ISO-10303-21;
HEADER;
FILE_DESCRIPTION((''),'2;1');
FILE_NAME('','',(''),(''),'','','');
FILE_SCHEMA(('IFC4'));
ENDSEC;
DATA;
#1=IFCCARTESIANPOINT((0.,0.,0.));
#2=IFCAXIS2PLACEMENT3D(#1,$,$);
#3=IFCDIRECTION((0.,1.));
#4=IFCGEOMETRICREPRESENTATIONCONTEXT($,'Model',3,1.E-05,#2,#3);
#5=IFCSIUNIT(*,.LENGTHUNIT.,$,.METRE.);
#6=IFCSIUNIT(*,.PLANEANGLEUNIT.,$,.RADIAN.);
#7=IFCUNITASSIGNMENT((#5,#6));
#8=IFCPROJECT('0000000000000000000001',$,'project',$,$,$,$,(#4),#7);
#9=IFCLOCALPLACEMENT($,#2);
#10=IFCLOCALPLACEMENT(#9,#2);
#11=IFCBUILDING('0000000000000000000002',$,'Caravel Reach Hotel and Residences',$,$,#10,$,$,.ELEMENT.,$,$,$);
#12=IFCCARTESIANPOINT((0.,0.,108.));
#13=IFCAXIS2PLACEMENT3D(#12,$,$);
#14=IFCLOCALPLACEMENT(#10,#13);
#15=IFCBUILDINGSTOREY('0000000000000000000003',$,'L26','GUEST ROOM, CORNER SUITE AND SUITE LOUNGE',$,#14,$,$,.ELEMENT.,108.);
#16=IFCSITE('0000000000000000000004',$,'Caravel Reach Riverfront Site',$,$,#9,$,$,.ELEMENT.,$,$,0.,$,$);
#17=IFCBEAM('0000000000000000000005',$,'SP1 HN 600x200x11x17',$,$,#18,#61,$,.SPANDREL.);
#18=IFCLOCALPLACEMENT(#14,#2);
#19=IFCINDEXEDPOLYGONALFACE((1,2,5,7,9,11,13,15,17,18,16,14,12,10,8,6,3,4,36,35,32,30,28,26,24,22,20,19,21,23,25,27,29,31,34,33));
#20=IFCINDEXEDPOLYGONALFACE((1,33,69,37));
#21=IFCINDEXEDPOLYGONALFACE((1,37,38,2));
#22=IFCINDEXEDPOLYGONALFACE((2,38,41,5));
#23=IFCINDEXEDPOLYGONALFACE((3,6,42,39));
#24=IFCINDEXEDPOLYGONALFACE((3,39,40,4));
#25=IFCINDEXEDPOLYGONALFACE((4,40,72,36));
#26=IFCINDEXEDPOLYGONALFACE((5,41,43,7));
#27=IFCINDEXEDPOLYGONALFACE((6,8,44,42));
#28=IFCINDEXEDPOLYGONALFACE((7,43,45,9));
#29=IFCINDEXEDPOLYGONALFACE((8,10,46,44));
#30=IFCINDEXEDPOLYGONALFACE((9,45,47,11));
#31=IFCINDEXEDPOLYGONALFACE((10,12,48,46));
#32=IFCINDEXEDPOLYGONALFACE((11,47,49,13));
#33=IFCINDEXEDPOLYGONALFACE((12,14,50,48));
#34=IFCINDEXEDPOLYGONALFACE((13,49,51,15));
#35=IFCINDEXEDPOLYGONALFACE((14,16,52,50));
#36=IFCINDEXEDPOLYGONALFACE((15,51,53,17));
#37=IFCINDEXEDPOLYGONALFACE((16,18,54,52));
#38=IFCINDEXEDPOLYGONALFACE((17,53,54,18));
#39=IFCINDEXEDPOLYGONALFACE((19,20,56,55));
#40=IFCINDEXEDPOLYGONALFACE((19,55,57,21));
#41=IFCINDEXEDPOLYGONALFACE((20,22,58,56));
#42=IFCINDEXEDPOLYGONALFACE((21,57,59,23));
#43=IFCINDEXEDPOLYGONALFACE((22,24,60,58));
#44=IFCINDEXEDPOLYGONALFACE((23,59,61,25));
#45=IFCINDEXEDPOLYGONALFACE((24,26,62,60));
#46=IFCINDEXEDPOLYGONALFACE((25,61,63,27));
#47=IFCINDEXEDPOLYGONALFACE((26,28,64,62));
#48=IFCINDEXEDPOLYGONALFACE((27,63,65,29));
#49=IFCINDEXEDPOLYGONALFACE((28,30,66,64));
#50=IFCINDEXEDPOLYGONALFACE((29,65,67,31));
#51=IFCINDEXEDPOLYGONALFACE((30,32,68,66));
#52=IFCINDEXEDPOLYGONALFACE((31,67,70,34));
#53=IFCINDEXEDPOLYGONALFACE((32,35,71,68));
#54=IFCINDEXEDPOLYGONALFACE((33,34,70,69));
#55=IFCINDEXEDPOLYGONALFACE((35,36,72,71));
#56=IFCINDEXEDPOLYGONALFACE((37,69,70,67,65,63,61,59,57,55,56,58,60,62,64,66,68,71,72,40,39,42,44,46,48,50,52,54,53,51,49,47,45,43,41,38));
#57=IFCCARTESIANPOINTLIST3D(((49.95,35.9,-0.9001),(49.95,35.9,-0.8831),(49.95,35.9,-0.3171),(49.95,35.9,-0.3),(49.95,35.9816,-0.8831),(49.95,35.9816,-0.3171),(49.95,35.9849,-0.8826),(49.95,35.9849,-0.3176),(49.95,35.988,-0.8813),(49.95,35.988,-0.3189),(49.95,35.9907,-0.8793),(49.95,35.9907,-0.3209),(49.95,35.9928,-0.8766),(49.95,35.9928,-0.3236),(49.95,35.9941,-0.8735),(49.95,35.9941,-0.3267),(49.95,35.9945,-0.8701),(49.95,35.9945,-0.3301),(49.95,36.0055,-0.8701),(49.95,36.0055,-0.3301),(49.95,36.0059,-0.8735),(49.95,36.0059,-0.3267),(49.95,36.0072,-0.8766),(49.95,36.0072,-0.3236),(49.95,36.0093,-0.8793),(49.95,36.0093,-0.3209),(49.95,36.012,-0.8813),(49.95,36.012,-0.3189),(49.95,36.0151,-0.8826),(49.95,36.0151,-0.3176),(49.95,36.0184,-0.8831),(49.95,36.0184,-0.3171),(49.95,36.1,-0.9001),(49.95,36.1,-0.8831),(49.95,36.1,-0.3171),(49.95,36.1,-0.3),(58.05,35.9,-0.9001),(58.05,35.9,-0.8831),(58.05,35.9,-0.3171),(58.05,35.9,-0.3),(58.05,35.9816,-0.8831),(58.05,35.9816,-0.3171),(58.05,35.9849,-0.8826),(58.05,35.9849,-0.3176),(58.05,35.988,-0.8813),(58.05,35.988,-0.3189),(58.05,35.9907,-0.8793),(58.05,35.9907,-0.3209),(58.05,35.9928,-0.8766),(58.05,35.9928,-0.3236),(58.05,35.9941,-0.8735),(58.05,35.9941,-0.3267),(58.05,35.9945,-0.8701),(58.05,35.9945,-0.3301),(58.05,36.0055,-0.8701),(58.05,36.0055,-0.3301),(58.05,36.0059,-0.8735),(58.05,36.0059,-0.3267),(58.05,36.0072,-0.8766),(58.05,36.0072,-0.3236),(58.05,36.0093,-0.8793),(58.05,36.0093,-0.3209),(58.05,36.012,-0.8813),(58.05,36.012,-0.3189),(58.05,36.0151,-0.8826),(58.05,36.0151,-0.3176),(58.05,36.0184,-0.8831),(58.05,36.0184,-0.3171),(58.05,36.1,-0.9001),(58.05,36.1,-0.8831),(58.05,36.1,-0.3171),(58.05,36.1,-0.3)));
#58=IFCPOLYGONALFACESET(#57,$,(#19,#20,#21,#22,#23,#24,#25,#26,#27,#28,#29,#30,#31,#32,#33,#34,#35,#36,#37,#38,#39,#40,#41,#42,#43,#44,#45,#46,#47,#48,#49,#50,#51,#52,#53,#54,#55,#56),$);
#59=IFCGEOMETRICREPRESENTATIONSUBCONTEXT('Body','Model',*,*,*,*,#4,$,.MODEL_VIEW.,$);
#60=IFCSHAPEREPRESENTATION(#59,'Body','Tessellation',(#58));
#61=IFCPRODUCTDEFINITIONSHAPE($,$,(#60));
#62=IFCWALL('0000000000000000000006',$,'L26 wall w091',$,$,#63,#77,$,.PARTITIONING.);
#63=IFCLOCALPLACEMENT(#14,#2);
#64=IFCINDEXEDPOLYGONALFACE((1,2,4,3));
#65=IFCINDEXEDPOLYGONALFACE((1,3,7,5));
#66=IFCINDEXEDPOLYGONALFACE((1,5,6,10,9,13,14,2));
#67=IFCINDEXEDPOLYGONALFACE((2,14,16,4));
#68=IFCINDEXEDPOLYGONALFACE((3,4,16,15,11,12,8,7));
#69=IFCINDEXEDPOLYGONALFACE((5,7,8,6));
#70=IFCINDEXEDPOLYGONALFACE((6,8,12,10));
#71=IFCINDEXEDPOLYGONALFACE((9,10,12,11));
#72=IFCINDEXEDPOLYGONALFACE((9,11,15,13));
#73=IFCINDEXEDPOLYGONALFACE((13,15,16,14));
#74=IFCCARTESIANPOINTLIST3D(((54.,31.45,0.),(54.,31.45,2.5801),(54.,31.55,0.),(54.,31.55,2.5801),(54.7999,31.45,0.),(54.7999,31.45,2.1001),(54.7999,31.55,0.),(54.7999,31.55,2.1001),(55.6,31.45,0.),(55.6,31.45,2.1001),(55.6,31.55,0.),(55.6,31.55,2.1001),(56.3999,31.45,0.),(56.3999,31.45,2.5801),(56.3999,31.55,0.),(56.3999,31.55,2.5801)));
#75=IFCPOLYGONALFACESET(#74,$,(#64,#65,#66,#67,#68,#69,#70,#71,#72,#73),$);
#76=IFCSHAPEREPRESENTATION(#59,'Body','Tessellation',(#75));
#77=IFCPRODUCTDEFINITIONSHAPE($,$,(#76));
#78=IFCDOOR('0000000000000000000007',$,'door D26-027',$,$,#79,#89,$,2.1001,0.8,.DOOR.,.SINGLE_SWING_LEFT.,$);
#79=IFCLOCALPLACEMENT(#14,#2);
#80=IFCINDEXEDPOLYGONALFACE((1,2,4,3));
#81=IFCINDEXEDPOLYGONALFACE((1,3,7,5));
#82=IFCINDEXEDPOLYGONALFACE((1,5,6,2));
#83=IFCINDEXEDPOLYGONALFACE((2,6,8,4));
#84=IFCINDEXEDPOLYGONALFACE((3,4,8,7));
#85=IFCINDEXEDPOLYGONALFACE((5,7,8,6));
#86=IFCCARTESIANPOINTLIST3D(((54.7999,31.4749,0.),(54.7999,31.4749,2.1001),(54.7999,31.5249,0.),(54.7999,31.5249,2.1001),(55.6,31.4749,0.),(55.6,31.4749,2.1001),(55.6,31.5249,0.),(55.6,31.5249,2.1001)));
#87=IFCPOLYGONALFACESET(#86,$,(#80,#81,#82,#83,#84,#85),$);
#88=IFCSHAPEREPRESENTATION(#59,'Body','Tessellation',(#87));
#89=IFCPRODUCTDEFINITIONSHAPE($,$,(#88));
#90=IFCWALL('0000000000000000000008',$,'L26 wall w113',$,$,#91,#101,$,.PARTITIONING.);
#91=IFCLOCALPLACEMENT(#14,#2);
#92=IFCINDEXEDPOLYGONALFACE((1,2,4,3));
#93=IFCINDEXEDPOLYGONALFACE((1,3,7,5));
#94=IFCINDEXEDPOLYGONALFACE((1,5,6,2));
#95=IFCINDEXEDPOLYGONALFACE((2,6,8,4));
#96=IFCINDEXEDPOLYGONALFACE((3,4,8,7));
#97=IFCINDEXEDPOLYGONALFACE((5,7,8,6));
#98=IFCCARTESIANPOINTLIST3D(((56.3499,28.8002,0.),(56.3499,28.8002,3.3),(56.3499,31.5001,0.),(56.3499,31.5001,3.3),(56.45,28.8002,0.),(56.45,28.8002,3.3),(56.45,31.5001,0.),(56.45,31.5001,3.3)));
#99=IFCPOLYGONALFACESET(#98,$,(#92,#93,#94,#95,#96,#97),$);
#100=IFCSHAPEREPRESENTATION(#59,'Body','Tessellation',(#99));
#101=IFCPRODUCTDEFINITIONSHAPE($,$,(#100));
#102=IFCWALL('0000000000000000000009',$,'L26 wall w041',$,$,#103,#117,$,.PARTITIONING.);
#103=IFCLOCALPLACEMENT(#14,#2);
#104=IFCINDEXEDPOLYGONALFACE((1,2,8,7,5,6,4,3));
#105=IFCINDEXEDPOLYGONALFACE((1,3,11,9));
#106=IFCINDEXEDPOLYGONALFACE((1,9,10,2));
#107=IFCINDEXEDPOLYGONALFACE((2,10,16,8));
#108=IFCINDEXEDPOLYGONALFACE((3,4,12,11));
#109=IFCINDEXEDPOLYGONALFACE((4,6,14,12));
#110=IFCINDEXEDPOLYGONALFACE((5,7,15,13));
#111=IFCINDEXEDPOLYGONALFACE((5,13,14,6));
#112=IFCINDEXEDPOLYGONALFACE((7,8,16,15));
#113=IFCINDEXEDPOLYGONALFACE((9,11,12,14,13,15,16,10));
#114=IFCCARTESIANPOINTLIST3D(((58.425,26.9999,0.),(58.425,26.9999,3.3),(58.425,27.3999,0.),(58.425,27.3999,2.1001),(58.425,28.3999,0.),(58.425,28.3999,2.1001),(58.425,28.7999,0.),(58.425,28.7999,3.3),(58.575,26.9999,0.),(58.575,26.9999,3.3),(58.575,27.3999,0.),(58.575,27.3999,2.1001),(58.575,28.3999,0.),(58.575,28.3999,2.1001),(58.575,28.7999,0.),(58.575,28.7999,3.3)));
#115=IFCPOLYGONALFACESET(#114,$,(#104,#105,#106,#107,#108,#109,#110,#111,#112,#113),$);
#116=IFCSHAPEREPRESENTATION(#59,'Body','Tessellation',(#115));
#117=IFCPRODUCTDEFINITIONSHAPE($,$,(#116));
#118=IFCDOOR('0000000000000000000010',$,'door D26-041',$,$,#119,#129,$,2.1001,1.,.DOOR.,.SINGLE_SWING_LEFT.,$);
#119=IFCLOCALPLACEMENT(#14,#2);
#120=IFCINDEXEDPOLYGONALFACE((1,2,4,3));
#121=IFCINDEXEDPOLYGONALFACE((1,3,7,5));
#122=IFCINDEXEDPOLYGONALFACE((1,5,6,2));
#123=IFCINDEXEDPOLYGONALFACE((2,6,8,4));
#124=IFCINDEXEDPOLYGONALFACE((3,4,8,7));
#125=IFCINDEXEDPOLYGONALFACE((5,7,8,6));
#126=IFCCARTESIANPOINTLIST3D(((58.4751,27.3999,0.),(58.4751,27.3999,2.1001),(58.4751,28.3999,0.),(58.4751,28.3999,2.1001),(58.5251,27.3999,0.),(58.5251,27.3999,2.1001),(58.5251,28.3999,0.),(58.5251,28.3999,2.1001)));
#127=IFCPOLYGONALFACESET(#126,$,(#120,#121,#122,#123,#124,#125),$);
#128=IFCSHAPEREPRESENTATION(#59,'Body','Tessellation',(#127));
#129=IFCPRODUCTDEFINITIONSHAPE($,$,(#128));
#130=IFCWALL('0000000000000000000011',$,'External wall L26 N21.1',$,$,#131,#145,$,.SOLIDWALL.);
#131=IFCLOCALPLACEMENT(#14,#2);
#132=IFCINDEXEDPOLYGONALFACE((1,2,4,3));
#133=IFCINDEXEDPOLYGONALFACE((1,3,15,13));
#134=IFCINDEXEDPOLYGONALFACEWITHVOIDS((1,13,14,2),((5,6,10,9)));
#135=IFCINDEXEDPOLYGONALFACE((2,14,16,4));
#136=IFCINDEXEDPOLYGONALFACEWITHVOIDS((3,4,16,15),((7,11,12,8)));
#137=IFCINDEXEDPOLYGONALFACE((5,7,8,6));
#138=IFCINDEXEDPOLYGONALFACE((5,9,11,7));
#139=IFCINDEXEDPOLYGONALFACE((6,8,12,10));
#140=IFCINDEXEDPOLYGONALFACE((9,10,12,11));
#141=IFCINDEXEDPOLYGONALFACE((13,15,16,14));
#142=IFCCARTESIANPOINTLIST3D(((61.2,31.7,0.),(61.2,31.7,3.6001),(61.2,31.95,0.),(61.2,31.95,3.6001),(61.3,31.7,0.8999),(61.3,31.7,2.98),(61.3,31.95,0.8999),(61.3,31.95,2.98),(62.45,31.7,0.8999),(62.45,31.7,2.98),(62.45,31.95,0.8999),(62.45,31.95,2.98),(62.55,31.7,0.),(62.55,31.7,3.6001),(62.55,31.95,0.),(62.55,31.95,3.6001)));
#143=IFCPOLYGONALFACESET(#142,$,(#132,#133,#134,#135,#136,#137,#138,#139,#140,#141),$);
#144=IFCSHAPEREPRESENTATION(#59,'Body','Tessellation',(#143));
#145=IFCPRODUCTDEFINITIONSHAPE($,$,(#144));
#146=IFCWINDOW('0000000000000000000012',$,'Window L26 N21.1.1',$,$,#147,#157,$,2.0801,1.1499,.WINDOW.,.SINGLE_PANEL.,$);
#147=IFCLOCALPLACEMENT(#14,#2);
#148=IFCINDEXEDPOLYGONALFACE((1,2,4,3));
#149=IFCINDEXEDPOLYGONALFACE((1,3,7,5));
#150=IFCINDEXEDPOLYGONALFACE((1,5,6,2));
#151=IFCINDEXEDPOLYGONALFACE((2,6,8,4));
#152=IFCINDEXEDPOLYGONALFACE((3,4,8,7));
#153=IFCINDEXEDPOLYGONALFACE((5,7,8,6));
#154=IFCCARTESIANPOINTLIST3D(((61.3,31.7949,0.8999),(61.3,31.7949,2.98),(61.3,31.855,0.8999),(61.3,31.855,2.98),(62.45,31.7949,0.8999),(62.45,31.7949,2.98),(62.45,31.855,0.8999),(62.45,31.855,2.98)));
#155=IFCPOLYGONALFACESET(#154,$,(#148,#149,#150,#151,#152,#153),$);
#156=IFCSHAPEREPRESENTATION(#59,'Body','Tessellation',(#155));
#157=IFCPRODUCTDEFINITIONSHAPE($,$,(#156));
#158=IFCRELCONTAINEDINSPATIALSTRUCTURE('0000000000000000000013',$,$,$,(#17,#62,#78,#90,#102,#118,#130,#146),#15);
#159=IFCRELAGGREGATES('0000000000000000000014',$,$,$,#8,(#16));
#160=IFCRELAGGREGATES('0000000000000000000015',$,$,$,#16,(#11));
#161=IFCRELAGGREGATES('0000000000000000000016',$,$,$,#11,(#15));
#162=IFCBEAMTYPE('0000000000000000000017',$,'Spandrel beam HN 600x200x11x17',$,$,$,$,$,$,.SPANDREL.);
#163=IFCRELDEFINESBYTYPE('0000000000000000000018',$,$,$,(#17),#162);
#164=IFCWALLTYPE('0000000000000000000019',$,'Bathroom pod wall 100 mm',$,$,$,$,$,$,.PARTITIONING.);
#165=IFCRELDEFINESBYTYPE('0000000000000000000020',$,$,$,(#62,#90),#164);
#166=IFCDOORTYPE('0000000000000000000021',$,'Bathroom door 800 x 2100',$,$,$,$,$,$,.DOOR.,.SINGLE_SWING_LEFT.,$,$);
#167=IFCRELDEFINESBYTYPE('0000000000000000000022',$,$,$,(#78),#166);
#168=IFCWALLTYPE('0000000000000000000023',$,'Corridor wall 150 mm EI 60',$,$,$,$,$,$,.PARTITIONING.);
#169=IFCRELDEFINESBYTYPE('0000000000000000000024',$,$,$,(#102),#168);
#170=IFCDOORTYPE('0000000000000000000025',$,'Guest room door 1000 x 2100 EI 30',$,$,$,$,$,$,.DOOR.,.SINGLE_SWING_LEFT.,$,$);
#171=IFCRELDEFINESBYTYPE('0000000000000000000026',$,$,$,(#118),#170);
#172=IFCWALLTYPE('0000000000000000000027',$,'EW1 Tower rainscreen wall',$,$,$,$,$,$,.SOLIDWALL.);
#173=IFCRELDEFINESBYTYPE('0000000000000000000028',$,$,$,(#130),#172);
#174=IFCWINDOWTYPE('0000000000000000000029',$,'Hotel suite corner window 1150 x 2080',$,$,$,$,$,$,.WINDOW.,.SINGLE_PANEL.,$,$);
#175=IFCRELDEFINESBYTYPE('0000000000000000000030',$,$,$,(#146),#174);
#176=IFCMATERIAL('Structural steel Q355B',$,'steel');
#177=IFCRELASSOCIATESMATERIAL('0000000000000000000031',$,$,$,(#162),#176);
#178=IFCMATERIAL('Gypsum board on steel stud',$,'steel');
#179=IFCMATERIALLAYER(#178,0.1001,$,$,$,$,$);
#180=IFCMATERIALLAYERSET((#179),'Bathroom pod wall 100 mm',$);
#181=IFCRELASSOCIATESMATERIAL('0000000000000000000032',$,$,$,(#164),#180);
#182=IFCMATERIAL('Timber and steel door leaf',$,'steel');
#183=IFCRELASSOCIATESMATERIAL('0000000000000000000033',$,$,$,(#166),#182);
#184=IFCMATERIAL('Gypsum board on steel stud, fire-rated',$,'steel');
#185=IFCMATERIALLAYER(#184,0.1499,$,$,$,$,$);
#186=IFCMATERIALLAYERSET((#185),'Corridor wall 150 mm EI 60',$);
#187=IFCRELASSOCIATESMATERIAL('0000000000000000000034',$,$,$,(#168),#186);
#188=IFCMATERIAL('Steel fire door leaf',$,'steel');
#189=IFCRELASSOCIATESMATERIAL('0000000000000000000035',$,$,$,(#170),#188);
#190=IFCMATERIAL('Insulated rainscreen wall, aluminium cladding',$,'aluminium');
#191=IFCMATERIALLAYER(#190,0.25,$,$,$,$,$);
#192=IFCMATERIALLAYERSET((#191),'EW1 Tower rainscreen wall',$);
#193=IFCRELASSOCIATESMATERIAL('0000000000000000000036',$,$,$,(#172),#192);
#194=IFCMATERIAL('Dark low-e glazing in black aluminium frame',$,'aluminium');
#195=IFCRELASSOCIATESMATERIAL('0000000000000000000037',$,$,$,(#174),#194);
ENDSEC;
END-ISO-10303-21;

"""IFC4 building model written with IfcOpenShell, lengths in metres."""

from ifc_helpers import new_model, si_unit, direction, frame, frame_2d, origin, origin_2d, place, context, subcontext, project, spatial, rectangle, i_section, extrude, material, layer, layer_set, material_profile, profile_set, type_object, element, fill, save


model = new_model("IFC4")

# Units and contexts
model_context = context("Model", 3, precision=1e-05, world=origin(), true_north=direction((0.0, 1.0)))
body_context = subcontext(model_context, "Body", "Model", "MODEL_VIEW")
ifc_project = project(units=[si_unit("LENGTHUNIT", "METRE"), si_unit("PLANEANGLEUNIT", "RADIAN")], contexts=[model_context])

# Site, building, storey
site_placement = place(None, origin())
site = spatial("IfcSite", under=ifc_project, at=site_placement, Name="Caravel Reach Riverfront Site", CompositionType="ELEMENT", RefElevation=0.0)
building_placement = place(site_placement, origin())
building = spatial("IfcBuilding", under=site, at=building_placement, Name="Caravel Reach Hotel and Residences", CompositionType="ELEMENT")
storey_placement = place(building_placement, frame((0.0, 0.0, 108.0)))
storey = spatial("IfcBuildingStorey", under=building, at=storey_placement, Name="L26", Description="GUEST ROOM, CORNER SUITE AND SUITE LOUNGE", CompositionType="ELEMENT", Elevation=108.0)

# Beam
ifc_material_1 = material(Name="Structural steel Q355B", Category="steel")
ifc_material_profile_1 = material_profile(ifc_material_1, i_section(OverallWidth=0.2, OverallDepth=0.6001, WebThickness=0.011, FlangeThickness=0.0171, FilletRadius=0.0129, at=origin_2d()), Name="HN 600x200x11x17")
ifc_profile_set_1 = profile_set([ifc_material_profile_1], Name="Structural steel Q355B")
beam_type_1 = type_object("IfcBeamType", Name="Spandrel beam HN 600x200x11x17", PredefinedType="SPANDREL", material=ifc_profile_set_1)
beam_1_placement = place(storey_placement, frame((58.05, 36.0, -0.6001), z_axis=(-1.0, 0.0, 0.0), x_axis=(0.0, -1.0, 0.0)))
element("IfcBeam", 1, at=beam_1_placement, inside=storey, type_object=beam_type_1, Name="SP1 HN 600x200x11x17", PredefinedType="SPANDREL", context=body_context, shape_type="SweptSolid", body=[
    extrude(i_section(OverallWidth=0.2, OverallDepth=0.6001, WebThickness=0.011, FlangeThickness=0.0171, FilletRadius=0.0129, at=origin_2d()), origin(), (0.0, 0.0, 1.0), 8.1001),
])

# Wall, opening, door
ifc_material_2 = material(Name="Gypsum board on steel stud", Category="steel")
ifc_layer_1 = layer(ifc_material_2, 0.1001)
ifc_layer_set_1 = layer_set([ifc_layer_1], Name="Bathroom pod wall 100 mm")
wall_type_1 = type_object("IfcWallType", Name="Bathroom pod wall 100 mm", PredefinedType="PARTITIONING", material=ifc_layer_set_1)
wall_1_placement = place(storey_placement, frame((54.0, 31.5, 0.0), z_axis=(0.0, 0.0, 1.0), x_axis=(1.0, 0.0, 0.0)))
wall_1 = element("IfcWall", 2, at=wall_1_placement, inside=storey, type_object=wall_type_1, Name="L26 wall w091", PredefinedType="PARTITIONING", context=body_context, shape_type="SweptSolid", body=[
    extrude(rectangle(XDim=2.3999, YDim=0.1001, at=frame_2d((1.2, 0.0))), origin(), (0.0, 0.0, 1.0), 2.5801),
])
opening_1_placement = place(wall_1_placement, frame((0.8, 0.0, 0.0)))
opening_1 = element("IfcOpeningElement", 3, at=opening_1_placement, cuts=wall_1, PredefinedType="OPENING", context=body_context, shape_type="SweptSolid", body=[
    extrude(rectangle(XDim=0.8, YDim=2.1001, at=frame_2d((0.3999, 1.05))), frame((0.0, 0.0601, 0.0), z_axis=(0.0, -1.0, 0.0), x_axis=(1.0, 0.0, 0.0)), (0.0, 0.0, 1.0), 0.1201),
])
ifc_material_3 = material(Name="Timber and steel door leaf", Category="steel")
door_type_1 = type_object("IfcDoorType", Name="Bathroom door 800 x 2100", OperationType="SINGLE_SWING_LEFT", PredefinedType="DOOR", material=ifc_material_3)
door_1_placement = place(opening_1_placement, origin())
door_1 = element("IfcDoor", 4, at=door_1_placement, inside=storey, type_object=door_type_1, Name="door D26-027", OperationType="SINGLE_SWING_LEFT", OverallHeight=2.1001, OverallWidth=0.8, PredefinedType="DOOR", context=body_context, shape_type="SweptSolid", body=[
    extrude(rectangle(XDim=0.8, YDim=2.1001, at=frame_2d((0.3999, 1.05))), frame((0.0, 0.0249, 0.0), z_axis=(0.0, -1.0, 0.0), x_axis=(1.0, 0.0, 0.0)), (0.0, 0.0, 1.0), 0.05),
])
fill(opening_1, door_1)

# Wall
wall_2_placement = place(storey_placement, frame((56.3999, 28.8, 0.0), z_axis=(0.0, 0.0, 1.0), x_axis=(0.0, 1.0, 0.0)))
element("IfcWall", 5, at=wall_2_placement, inside=storey, type_object=wall_type_1, Name="L26 wall w113", PredefinedType="PARTITIONING", context=body_context, shape_type="SweptSolid", body=[
    extrude(rectangle(XDim=2.7, YDim=0.1001, at=frame_2d((1.3501, 0.0))), origin(), (0.0, 0.0, 1.0), 3.3),
])

# Wall, opening, door
ifc_material_4 = material(Name="Gypsum board on steel stud, fire-rated", Category="steel")
ifc_layer_2 = layer(ifc_material_4, 0.1499)
ifc_layer_set_2 = layer_set([ifc_layer_2], Name="Corridor wall 150 mm EI 60")
wall_type_2 = type_object("IfcWallType", Name="Corridor wall 150 mm EI 60", PredefinedType="PARTITIONING", material=ifc_layer_set_2)
wall_3_placement = place(storey_placement, frame((58.5, 27.0, 0.0), z_axis=(0.0, 0.0, 1.0), x_axis=(0.0, 1.0, 0.0)))
wall_3 = element("IfcWall", 6, at=wall_3_placement, inside=storey, type_object=wall_type_2, Name="L26 wall w041", PredefinedType="PARTITIONING", context=body_context, shape_type="SweptSolid", body=[
    extrude(rectangle(XDim=1.8, YDim=0.1499, at=frame_2d((0.8999, 0.0))), origin(), (0.0, 0.0, 1.0), 3.3),
])
opening_2_placement = place(wall_3_placement, frame((0.3999, 0.0, 0.0)))
opening_2 = element("IfcOpeningElement", 7, at=opening_2_placement, cuts=wall_3, PredefinedType="OPENING", context=body_context, shape_type="SweptSolid", body=[
    extrude(rectangle(XDim=1.0, YDim=2.1001, at=frame_2d((0.5, 1.05))), frame((0.0, 0.085, 0.0), z_axis=(0.0, -1.0, 0.0), x_axis=(1.0, 0.0, 0.0)), (0.0, 0.0, 1.0), 0.1699),
])
ifc_material_5 = material(Name="Steel fire door leaf", Category="steel")
door_type_2 = type_object("IfcDoorType", Name="Guest room door 1000 x 2100 EI 30", OperationType="SINGLE_SWING_LEFT", PredefinedType="DOOR", material=ifc_material_5)
door_2_placement = place(opening_2_placement, origin())
door_2 = element("IfcDoor", 8, at=door_2_placement, inside=storey, type_object=door_type_2, Name="door D26-041", OperationType="SINGLE_SWING_LEFT", OverallHeight=2.1001, OverallWidth=1.0, PredefinedType="DOOR", context=body_context, shape_type="SweptSolid", body=[
    extrude(rectangle(XDim=1.0, YDim=2.1001, at=frame_2d((0.5, 1.05))), frame((0.0, 0.0249, 0.0), z_axis=(0.0, -1.0, 0.0), x_axis=(1.0, 0.0, 0.0)), (0.0, 0.0, 1.0), 0.05),
])
fill(opening_2, door_2)

# Wall, opening, window
ifc_material_6 = material(Name="Insulated rainscreen wall, aluminium cladding", Category="aluminium")
ifc_layer_3 = layer(ifc_material_6, 0.25)
ifc_layer_set_3 = layer_set([ifc_layer_3], Name="EW1 Tower rainscreen wall")
wall_type_3 = type_object("IfcWallType", Name="EW1 Tower rainscreen wall", PredefinedType="SOLIDWALL", material=ifc_layer_set_3)
wall_4_placement = place(storey_placement, frame((62.55, 31.825, 0.0), z_axis=(0.0, 0.0, 1.0), x_axis=(-1.0, 0.0, 0.0)))
wall_4 = element("IfcWall", 9, at=wall_4_placement, inside=storey, type_object=wall_type_3, Name="External wall L26 N21.1", PredefinedType="SOLIDWALL", context=body_context, shape_type="SweptSolid", body=[
    extrude(rectangle(XDim=1.3501, YDim=0.25, at=frame_2d((0.675, 0.0))), origin(), (0.0, 0.0, 1.0), 3.6001),
])
opening_3_placement = place(wall_4_placement, frame((0.1001, 0.0, 0.8999)))
opening_3 = element("IfcOpeningElement", 10, at=opening_3_placement, cuts=wall_4, PredefinedType="OPENING", context=body_context, shape_type="SweptSolid", body=[
    extrude(rectangle(XDim=1.1499, YDim=2.0801, at=frame_2d((0.575, 1.04))), frame((0.0, 0.135, 0.0), z_axis=(0.0, -1.0, 0.0), x_axis=(1.0, 0.0, 0.0)), (0.0, 0.0, 1.0), 0.27),
])
ifc_material_7 = material(Name="Dark low-e glazing in black aluminium frame", Category="aluminium")
window_type_1 = type_object("IfcWindowType", Name="Hotel suite corner window 1150 x 2080", PartitioningType="SINGLE_PANEL", PredefinedType="WINDOW", material=ifc_material_7)
window_1_placement = place(opening_3_placement, origin())
window_1 = element("IfcWindow", 11, at=window_1_placement, inside=storey, type_object=window_type_1, Name="Window L26 N21.1.1", OverallHeight=2.0801, OverallWidth=1.1499, PartitioningType="SINGLE_PANEL", PredefinedType="WINDOW", context=body_context, shape_type="SweptSolid", body=[
    extrude(rectangle(XDim=1.1499, YDim=2.0801, at=frame_2d((0.575, 1.04))), frame((0.0, 0.03, 0.0), z_axis=(0.0, -1.0, 0.0), x_axis=(1.0, 0.0, 0.0)), (0.0, 0.0, 1.0), 0.0601),
])
fill(opening_3, window_1)

save(model, "model.ifc")
